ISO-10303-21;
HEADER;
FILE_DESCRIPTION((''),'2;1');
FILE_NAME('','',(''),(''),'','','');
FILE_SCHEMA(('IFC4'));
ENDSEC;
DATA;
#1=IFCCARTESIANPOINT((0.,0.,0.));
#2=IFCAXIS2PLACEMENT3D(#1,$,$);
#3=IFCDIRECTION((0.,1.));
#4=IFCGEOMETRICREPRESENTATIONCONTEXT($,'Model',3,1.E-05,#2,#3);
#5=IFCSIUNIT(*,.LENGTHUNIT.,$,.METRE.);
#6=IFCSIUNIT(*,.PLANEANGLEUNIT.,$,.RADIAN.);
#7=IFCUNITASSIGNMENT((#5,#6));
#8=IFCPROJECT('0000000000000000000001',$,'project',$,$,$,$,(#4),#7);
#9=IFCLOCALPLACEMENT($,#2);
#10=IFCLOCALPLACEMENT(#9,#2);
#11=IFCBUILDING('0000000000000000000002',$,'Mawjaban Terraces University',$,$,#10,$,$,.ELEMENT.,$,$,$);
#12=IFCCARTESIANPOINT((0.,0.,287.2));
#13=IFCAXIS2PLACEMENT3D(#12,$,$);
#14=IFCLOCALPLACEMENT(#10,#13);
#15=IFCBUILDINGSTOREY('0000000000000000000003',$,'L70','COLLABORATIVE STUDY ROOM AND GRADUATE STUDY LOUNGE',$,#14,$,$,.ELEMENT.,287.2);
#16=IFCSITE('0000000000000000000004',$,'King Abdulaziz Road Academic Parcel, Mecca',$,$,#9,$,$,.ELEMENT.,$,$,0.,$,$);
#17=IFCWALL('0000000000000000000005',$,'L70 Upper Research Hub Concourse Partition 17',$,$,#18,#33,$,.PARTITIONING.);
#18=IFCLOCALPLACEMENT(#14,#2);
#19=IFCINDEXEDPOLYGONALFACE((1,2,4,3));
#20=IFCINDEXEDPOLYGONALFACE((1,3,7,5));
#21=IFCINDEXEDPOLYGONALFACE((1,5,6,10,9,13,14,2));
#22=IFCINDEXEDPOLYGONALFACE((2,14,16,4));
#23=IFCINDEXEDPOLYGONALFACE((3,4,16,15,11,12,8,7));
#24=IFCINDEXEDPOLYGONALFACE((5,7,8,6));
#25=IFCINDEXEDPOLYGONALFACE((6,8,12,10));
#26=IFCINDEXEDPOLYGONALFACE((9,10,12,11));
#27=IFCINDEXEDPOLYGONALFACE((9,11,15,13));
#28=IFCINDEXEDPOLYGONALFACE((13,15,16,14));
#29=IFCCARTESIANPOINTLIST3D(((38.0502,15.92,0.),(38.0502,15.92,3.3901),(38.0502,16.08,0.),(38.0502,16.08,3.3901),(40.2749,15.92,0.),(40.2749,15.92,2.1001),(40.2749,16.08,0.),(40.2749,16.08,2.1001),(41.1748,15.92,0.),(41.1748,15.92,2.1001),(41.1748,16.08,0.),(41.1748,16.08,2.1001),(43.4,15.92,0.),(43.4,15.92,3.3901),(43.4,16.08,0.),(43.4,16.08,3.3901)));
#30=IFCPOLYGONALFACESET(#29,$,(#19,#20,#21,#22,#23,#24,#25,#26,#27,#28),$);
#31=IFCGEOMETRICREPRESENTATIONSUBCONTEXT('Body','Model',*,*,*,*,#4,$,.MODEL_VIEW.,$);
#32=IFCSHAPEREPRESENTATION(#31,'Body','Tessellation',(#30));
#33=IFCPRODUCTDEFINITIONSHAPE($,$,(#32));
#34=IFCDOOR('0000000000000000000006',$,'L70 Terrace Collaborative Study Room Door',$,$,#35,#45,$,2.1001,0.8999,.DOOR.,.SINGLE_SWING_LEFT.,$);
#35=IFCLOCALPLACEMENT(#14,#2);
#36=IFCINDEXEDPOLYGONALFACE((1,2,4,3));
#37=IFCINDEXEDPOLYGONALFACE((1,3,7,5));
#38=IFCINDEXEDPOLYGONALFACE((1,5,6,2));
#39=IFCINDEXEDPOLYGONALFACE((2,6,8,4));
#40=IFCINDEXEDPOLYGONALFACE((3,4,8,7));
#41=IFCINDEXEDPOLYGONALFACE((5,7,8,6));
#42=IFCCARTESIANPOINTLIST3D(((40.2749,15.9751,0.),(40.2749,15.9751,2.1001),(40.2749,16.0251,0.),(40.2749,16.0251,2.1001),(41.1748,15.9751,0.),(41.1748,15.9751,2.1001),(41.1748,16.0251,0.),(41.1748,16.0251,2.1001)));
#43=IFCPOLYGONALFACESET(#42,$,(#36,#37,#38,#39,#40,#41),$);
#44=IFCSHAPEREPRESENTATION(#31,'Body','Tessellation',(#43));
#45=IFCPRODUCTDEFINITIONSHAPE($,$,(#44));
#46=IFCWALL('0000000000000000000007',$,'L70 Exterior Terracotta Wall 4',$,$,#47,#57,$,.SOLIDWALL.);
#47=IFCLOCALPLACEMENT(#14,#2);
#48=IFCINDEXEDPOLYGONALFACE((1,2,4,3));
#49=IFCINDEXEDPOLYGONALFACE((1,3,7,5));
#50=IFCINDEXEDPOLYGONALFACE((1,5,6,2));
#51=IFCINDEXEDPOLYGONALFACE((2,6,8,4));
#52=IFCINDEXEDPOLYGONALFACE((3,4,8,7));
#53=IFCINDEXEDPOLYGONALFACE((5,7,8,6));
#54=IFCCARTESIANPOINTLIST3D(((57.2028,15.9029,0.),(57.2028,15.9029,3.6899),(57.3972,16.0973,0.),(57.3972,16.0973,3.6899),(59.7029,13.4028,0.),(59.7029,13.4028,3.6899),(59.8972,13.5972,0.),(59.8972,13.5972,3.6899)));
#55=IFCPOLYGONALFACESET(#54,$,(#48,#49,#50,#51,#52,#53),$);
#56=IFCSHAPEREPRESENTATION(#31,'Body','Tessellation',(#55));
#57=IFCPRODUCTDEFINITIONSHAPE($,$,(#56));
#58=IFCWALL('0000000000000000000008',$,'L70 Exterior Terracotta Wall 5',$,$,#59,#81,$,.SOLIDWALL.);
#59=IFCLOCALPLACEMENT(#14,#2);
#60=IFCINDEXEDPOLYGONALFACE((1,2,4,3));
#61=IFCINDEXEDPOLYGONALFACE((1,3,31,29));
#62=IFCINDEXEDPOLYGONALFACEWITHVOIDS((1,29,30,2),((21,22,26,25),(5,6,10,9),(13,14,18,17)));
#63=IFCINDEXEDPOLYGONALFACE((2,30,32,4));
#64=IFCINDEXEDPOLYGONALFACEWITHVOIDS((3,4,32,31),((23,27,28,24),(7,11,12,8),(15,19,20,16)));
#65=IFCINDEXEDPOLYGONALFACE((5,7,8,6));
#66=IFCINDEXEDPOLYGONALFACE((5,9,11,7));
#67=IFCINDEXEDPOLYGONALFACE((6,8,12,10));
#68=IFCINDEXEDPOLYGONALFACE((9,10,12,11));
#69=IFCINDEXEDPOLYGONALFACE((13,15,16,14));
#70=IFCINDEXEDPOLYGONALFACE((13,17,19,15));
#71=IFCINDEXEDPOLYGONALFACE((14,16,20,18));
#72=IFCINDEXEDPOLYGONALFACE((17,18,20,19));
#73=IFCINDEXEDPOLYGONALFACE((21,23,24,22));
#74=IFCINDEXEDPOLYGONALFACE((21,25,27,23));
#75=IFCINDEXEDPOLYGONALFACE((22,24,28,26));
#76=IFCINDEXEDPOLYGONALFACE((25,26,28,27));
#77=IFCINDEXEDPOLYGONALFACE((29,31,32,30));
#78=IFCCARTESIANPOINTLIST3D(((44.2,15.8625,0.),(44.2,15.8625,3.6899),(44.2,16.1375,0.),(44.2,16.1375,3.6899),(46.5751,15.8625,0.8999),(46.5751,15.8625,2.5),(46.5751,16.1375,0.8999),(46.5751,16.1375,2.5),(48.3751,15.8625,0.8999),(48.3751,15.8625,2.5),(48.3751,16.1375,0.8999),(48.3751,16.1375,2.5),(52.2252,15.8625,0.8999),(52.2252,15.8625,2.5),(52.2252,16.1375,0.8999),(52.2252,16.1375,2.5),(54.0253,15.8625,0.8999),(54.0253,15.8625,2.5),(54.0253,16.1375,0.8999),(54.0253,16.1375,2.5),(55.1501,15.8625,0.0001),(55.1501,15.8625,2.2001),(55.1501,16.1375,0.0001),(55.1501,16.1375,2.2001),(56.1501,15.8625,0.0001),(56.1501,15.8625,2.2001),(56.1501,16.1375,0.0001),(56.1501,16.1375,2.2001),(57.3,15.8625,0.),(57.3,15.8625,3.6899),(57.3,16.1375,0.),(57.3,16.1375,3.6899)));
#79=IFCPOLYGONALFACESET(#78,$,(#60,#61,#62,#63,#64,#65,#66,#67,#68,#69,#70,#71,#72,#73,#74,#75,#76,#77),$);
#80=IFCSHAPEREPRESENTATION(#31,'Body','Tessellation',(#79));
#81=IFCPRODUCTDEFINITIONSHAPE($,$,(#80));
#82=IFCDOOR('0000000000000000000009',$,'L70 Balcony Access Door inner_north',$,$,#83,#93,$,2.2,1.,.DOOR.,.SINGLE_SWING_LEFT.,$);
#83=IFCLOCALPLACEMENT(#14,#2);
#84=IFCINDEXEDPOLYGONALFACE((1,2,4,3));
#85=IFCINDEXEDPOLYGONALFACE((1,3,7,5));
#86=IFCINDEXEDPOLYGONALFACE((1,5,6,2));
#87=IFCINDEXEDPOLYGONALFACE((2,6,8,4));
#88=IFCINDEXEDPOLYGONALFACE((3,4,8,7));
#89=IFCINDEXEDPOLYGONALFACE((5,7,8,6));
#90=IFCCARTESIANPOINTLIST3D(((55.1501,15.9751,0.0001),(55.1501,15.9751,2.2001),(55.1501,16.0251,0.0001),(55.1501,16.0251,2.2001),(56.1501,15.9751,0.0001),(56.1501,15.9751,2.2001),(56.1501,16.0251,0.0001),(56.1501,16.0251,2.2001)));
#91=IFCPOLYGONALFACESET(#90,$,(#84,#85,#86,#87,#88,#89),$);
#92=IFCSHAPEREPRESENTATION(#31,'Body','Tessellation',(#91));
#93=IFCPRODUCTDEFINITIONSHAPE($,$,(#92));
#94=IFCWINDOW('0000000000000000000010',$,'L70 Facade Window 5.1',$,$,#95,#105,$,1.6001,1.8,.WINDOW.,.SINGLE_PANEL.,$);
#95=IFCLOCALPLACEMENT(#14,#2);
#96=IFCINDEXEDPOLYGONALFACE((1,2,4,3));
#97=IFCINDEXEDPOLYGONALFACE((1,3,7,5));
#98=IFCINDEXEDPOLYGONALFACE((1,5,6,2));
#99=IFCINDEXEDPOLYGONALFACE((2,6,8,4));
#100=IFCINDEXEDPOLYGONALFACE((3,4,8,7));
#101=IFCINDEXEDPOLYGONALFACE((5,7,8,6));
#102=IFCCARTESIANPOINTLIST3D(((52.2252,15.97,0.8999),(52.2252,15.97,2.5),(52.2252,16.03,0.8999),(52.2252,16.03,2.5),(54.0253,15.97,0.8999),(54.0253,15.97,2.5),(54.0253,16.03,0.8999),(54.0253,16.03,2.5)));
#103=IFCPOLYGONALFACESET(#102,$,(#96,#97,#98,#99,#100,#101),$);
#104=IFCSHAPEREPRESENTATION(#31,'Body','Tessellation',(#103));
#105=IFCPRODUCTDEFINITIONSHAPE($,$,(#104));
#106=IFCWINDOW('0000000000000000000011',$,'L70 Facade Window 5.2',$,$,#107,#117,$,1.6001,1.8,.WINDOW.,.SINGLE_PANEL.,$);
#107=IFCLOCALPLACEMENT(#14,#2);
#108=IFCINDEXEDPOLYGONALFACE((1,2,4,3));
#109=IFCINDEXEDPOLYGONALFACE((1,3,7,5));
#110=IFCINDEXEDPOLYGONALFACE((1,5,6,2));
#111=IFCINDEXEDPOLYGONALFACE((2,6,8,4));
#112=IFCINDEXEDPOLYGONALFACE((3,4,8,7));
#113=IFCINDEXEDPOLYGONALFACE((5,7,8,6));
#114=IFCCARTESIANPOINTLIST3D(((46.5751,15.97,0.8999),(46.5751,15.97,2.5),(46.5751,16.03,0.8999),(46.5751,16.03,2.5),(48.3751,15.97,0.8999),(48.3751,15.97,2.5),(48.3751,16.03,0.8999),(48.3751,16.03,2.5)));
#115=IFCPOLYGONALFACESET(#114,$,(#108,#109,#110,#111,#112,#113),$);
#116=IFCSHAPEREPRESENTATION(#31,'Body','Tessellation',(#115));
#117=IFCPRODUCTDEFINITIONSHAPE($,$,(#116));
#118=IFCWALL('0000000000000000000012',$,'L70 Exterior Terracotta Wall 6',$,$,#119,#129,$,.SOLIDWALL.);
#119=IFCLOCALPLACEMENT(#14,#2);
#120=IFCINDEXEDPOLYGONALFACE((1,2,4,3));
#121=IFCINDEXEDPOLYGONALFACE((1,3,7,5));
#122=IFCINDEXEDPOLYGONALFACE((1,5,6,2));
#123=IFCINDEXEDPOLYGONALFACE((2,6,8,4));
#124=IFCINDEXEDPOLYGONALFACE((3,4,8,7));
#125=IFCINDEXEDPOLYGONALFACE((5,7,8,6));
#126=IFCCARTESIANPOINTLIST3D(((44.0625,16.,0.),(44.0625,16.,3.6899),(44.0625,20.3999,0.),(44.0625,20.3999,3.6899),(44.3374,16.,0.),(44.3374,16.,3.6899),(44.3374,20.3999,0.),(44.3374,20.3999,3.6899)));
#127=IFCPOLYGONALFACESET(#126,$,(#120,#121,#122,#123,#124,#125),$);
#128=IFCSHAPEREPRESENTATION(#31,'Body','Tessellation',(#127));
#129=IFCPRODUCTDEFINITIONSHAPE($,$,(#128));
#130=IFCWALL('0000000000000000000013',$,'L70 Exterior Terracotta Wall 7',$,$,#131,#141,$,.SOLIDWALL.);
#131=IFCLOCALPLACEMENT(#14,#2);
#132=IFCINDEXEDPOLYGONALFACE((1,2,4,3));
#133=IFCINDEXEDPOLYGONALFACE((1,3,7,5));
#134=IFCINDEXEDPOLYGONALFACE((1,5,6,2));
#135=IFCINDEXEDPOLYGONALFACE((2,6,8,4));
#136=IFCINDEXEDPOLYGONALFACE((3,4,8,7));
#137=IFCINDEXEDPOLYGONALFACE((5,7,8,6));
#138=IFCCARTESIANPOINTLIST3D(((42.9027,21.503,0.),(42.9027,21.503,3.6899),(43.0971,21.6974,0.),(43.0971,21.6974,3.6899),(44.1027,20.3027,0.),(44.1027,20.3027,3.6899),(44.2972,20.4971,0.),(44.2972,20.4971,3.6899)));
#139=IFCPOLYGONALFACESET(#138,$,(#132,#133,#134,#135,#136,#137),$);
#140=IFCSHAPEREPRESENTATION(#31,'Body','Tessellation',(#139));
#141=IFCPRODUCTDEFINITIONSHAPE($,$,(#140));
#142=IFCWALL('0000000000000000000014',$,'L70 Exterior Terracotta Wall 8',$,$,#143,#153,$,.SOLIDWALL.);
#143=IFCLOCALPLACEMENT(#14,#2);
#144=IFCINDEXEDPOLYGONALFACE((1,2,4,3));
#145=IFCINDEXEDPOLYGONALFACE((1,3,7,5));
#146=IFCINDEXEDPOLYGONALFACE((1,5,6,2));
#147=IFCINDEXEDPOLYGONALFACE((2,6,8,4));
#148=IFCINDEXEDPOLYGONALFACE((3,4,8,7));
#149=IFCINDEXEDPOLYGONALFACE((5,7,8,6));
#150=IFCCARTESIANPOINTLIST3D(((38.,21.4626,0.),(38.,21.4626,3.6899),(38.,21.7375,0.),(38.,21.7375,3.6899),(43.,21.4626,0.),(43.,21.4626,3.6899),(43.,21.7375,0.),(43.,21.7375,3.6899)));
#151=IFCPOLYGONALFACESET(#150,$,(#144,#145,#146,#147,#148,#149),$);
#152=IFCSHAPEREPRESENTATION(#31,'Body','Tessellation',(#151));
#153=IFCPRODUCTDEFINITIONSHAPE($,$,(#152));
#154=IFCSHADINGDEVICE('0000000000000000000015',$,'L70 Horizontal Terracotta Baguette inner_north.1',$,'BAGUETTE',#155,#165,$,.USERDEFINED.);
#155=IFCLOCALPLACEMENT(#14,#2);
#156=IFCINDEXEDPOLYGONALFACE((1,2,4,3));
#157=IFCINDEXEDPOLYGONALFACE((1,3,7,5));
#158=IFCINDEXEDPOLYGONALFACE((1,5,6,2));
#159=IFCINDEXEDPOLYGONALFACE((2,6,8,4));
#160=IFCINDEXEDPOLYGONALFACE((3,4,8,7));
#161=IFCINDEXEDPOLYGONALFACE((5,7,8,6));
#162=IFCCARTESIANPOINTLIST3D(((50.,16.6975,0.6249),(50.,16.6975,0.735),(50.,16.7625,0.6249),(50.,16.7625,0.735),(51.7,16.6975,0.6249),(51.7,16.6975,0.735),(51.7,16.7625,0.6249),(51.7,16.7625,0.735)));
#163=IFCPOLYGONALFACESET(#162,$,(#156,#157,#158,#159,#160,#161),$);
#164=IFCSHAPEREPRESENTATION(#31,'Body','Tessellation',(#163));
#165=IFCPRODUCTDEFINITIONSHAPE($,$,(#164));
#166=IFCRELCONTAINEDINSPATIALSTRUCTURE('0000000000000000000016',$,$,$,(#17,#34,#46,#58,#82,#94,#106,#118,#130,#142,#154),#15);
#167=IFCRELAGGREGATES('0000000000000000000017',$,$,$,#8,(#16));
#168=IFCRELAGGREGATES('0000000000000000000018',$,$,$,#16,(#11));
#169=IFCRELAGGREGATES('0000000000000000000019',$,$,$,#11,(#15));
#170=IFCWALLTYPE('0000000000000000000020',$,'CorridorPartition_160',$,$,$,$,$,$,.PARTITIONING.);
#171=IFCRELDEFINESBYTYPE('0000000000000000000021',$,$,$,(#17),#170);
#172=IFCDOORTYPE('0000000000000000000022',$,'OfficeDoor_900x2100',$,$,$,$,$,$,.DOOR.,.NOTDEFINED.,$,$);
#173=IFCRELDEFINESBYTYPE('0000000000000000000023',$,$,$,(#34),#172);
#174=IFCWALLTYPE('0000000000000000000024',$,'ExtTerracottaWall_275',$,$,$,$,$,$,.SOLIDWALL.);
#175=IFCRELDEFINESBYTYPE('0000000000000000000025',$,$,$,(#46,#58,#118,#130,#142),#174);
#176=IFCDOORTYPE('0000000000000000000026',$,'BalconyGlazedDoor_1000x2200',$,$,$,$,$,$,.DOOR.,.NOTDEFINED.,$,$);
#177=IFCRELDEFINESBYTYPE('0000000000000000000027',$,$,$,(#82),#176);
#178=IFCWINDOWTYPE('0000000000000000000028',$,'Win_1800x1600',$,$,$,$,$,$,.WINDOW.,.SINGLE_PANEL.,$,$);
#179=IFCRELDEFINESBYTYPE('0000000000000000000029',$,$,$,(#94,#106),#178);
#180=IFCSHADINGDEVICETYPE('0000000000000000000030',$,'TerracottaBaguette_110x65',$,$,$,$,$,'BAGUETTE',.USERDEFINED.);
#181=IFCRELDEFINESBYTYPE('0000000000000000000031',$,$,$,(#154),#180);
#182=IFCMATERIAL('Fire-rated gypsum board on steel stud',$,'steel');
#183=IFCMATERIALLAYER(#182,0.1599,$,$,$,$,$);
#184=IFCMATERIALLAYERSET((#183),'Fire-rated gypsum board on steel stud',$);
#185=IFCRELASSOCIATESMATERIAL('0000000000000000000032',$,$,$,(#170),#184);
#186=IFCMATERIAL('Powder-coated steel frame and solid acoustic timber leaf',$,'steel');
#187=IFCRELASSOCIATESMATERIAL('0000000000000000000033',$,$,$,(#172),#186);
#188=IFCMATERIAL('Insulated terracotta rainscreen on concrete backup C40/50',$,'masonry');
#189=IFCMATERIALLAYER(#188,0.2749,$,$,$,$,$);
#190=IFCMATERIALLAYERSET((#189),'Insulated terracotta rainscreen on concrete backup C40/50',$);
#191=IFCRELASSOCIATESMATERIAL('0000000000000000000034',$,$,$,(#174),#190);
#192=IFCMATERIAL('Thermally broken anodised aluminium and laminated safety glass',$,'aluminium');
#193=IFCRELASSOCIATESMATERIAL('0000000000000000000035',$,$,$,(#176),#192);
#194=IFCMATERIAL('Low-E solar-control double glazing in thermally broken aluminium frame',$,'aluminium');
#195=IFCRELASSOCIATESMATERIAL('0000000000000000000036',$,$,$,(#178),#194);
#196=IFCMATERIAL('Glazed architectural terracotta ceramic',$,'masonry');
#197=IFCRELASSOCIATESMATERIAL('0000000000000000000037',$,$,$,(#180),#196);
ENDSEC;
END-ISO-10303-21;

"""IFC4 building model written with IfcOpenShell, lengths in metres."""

from ifc_helpers import new_model, si_unit, direction, frame, frame_2d, origin, origin_2d, place, context, subcontext, project, spatial, rectangle, extrude, material, layer, layer_set, material_profile, profile_set, type_object, element, fill, save


model = new_model("IFC4")

# Units and contexts
model_context = context("Model", 3, precision=1e-05, world=origin(), true_north=direction((0.0, 1.0)))
body_context = subcontext(model_context, "Body", "Model", "MODEL_VIEW")
ifc_project = project(units=[si_unit("LENGTHUNIT", "METRE"), si_unit("PLANEANGLEUNIT", "RADIAN")], contexts=[model_context])

# Site, building, storey
site_placement = place(None, origin())
site = spatial("IfcSite", under=ifc_project, at=site_placement, Name="King Abdulaziz Road Academic Parcel, Mecca", CompositionType="ELEMENT", RefElevation=0.0)
building_placement = place(site_placement, origin())
building = spatial("IfcBuilding", under=site, at=building_placement, Name="Mawjaban Terraces University", CompositionType="ELEMENT")
storey_placement = place(building_placement, frame((0.0, 0.0, 287.2)))
storey = spatial("IfcBuildingStorey", under=building, at=storey_placement, Name="L70", Description="COLLABORATIVE STUDY ROOM AND GRADUATE STUDY LOUNGE", CompositionType="ELEMENT", Elevation=287.2)

# Wall, opening, door
ifc_material_1 = material(Name="Fire-rated gypsum board on steel stud", Category="steel")
ifc_layer_1 = layer(ifc_material_1, 0.1599)
ifc_layer_set_1 = layer_set([ifc_layer_1], Name="Fire-rated gypsum board on steel stud")
wall_type_1 = type_object("IfcWallType", Name="CorridorPartition_160", PredefinedType="PARTITIONING", material=ifc_layer_set_1)
wall_1_placement = place(storey_placement, frame((43.3999, 16.0, 0.0), z_axis=(0.0, 0.0, 1.0), x_axis=(-1.0, 0.0, 0.0)))
wall_1 = element("IfcWall", 1, at=wall_1_placement, inside=storey, type_object=wall_type_1, Name="L70 Upper Research Hub Concourse Partition 17", PredefinedType="PARTITIONING", context=body_context, shape_type="SweptSolid", body=[
    extrude(rectangle(XDim=5.3499, YDim=0.1599, at=frame_2d((2.6748, 0.0))), origin(), (0.0, 0.0, 1.0), 3.3901),
])
opening_1_placement = place(wall_1_placement, frame((2.2251, 0.0, 0.0)))
opening_1 = element("IfcOpeningElement", 2, at=opening_1_placement, cuts=wall_1, PredefinedType="OPENING", context=body_context, shape_type="SweptSolid", body=[
    extrude(rectangle(XDim=0.8999, YDim=2.1001, at=frame_2d((0.45, 1.05))), frame((0.0, 0.0898, 0.0), z_axis=(0.0, -1.0, 0.0), x_axis=(1.0, 0.0, 0.0)), (0.0, 0.0, 1.0), 0.1799),
])
ifc_material_2 = material(Name="Powder-coated steel frame and solid acoustic timber leaf", Category="steel")
door_type_1 = type_object("IfcDoorType", Name="OfficeDoor_900x2100", OperationType="NOTDEFINED", PredefinedType="DOOR", material=ifc_material_2)
door_1_placement = place(opening_1_placement, origin())
door_1 = element("IfcDoor", 3, at=door_1_placement, inside=storey, type_object=door_type_1, Name="L70 Terrace Collaborative Study Room Door", OperationType="SINGLE_SWING_LEFT", OverallHeight=2.1001, OverallWidth=0.8999, PredefinedType="DOOR", context=body_context, shape_type="SweptSolid", body=[
    extrude(rectangle(XDim=0.8999, YDim=2.1001, at=frame_2d((0.45, 1.05))), frame((0.0, 0.0249, 0.0), z_axis=(0.0, -1.0, 0.0), x_axis=(1.0, 0.0, 0.0)), (0.0, 0.0, 1.0), 0.05),
])
fill(opening_1, door_1)

# Wall
ifc_material_3 = material(Name="Insulated terracotta rainscreen on concrete backup C40/50", Category="masonry")
ifc_layer_2 = layer(ifc_material_3, 0.2749)
ifc_layer_set_2 = layer_set([ifc_layer_2], Name="Insulated terracotta rainscreen on concrete backup C40/50")
wall_type_2 = type_object("IfcWallType", Name="ExtTerracottaWall_275", PredefinedType="SOLIDWALL", material=ifc_layer_set_2)
wall_2_placement = place(storey_placement, frame((59.8, 13.5, 0.0), z_axis=(0.0, 0.0, 1.0), x_axis=(-0.707107, 0.707107, 0.0)))
element("IfcWall", 4, at=wall_2_placement, inside=storey, type_object=wall_type_2, Name="L70 Exterior Terracotta Wall 4", PredefinedType="SOLIDWALL", context=body_context, shape_type="SweptSolid", body=[
    extrude(rectangle(XDim=3.5356, YDim=0.2749, at=frame_2d((1.7678, 0.0))), origin(), (0.0, 0.0, 1.0), 3.6899),
])

# Wall, openings, door, windows
wall_3_placement = place(storey_placement, frame((57.3, 16.0, 0.0), z_axis=(0.0, 0.0, 1.0), x_axis=(-1.0, 0.0, 0.0)))
wall_3 = element("IfcWall", 5, at=wall_3_placement, inside=storey, type_object=wall_type_2, Name="L70 Exterior Terracotta Wall 5", PredefinedType="SOLIDWALL", context=body_context, shape_type="SweptSolid", body=[
    extrude(rectangle(XDim=13.1001, YDim=0.2749, at=frame_2d((6.55, 0.0))), origin(), (0.0, 0.0, 1.0), 3.6899),
])
opening_2_placement = place(wall_3_placement, frame((1.1499, 0.0, 0.0)))
opening_2 = element("IfcOpeningElement", 6, at=opening_2_placement, cuts=wall_3, PredefinedType="OPENING", context=body_context, shape_type="SweptSolid", body=[
    extrude(rectangle(XDim=1.0, YDim=2.2, at=frame_2d((0.5, 1.1001))), frame((0.0, 0.1475, 0.0), z_axis=(0.0, -1.0, 0.0), x_axis=(1.0, 0.0, 0.0)), (0.0, 0.0, 1.0), 0.2949),
])
opening_3_placement = place(wall_3_placement, frame((3.2749, 0.0, 0.8999)))
opening_3 = element("IfcOpeningElement", 7, at=opening_3_placement, cuts=wall_3, PredefinedType="OPENING", context=body_context, shape_type="SweptSolid", body=[
    extrude(rectangle(XDim=1.8, YDim=1.6001, at=frame_2d((0.8999, 0.8))), frame((0.0, 0.1475, 0.0), z_axis=(0.0, -1.0, 0.0), x_axis=(1.0, 0.0, 0.0)), (0.0, 0.0, 1.0), 0.2949),
])
opening_4_placement = place(wall_3_placement, frame((8.925, 0.0, 0.8999)))
opening_4 = element("IfcOpeningElement", 8, at=opening_4_placement, cuts=wall_3, PredefinedType="OPENING", context=body_context, shape_type="SweptSolid", body=[
    extrude(rectangle(XDim=1.8, YDim=1.6001, at=frame_2d((0.8999, 0.8))), frame((0.0, 0.1475, 0.0), z_axis=(0.0, -1.0, 0.0), x_axis=(1.0, 0.0, 0.0)), (0.0, 0.0, 1.0), 0.2949),
])
ifc_material_4 = material(Name="Thermally broken anodised aluminium and laminated safety glass", Category="aluminium")
door_type_2 = type_object("IfcDoorType", Name="BalconyGlazedDoor_1000x2200", OperationType="NOTDEFINED", PredefinedType="DOOR", material=ifc_material_4)
door_2_placement = place(opening_2_placement, origin())
door_2 = element("IfcDoor", 9, at=door_2_placement, inside=storey, type_object=door_type_2, Name="L70 Balcony Access Door inner_north", OperationType="SINGLE_SWING_LEFT", OverallHeight=2.2, OverallWidth=1.0, PredefinedType="DOOR", context=body_context, shape_type="SweptSolid", body=[
    extrude(rectangle(XDim=1.0, YDim=2.2, at=frame_2d((0.5, 1.1001))), frame((0.0, 0.0249, 0.0), z_axis=(0.0, -1.0, 0.0), x_axis=(1.0, 0.0, 0.0)), (0.0, 0.0, 1.0), 0.05),
])
fill(opening_2, door_2)
ifc_material_5 = material(Name="Low-E solar-control double glazing in thermally broken aluminium frame", Category="aluminium")
window_type = type_object("IfcWindowType", Name="Win_1800x1600", PartitioningType="SINGLE_PANEL", PredefinedType="WINDOW", material=ifc_material_5)
window_1_placement = place(opening_3_placement, origin())
window_1 = element("IfcWindow", 10, at=window_1_placement, inside=storey, type_object=window_type, Name="L70 Facade Window 5.1", OverallHeight=1.6001, OverallWidth=1.8, PartitioningType="SINGLE_PANEL", PredefinedType="WINDOW", context=body_context, shape_type="SweptSolid", body=[
    extrude(rectangle(XDim=1.8, YDim=1.6001, at=frame_2d((0.8999, 0.8))), frame((0.0, 0.03, 0.0), z_axis=(0.0, -1.0, 0.0), x_axis=(1.0, 0.0, 0.0)), (0.0, 0.0, 1.0), 0.0601),
])
fill(opening_3, window_1)
window_2_placement = place(opening_4_placement, origin())
window_2 = element("IfcWindow", 11, at=window_2_placement, inside=storey, type_object=window_type, Name="L70 Facade Window 5.2", OverallHeight=1.6001, OverallWidth=1.8, PartitioningType="SINGLE_PANEL", PredefinedType="WINDOW", context=body_context, shape_type="SweptSolid", body=[
    extrude(rectangle(XDim=1.8, YDim=1.6001, at=frame_2d((0.8999, 0.8))), frame((0.0, 0.03, 0.0), z_axis=(0.0, -1.0, 0.0), x_axis=(1.0, 0.0, 0.0)), (0.0, 0.0, 1.0), 0.0601),
])
fill(opening_4, window_2)

# Walls
wall_4_placement = place(storey_placement, frame((44.2, 16.0, 0.0), z_axis=(0.0, 0.0, 1.0), x_axis=(0.0, 1.0, 0.0)))
element("IfcWall", 12, at=wall_4_placement, inside=storey, type_object=wall_type_2, Name="L70 Exterior Terracotta Wall 6", PredefinedType="SOLIDWALL", context=body_context, shape_type="SweptSolid", body=[
    extrude(rectangle(XDim=4.3999, YDim=0.2749, at=frame_2d((2.2, 0.0))), origin(), (0.0, 0.0, 1.0), 3.6899),
])
wall_5_placement = place(storey_placement, frame((44.2, 20.3999, 0.0), z_axis=(0.0, 0.0, 1.0), x_axis=(-0.707035, 0.707179, 0.0)))
element("IfcWall", 13, at=wall_5_placement, inside=storey, type_object=wall_type_2, Name="L70 Exterior Terracotta Wall 7", PredefinedType="SOLIDWALL", context=body_context, shape_type="SweptSolid", body=[
    extrude(rectangle(XDim=1.6973, YDim=0.2749, at=frame_2d((0.8486, 0.0))), origin(), (0.0, 0.0, 1.0), 3.6899),
])
wall_6_placement = place(storey_placement, frame((43.0, 21.6001, 0.0), z_axis=(0.0, 0.0, 1.0), x_axis=(-1.0, 0.0, 0.0)))
element("IfcWall", 14, at=wall_6_placement, inside=storey, type_object=wall_type_2, Name="L70 Exterior Terracotta Wall 8", PredefinedType="SOLIDWALL", context=body_context, shape_type="SweptSolid", body=[
    extrude(rectangle(XDim=5.0, YDim=0.2749, at=frame_2d((2.5, 0.0))), origin(), (0.0, 0.0, 1.0), 3.6899),
])

# Shading device
ifc_material_6 = material(Name="Glazed architectural terracotta ceramic", Category="masonry")
ifc_material_profile_1 = material_profile(ifc_material_6, rectangle(XDim=0.0649, YDim=0.1101, at=origin_2d()), Name="TBAG110X65")
ifc_profile_set_1 = profile_set([ifc_material_profile_1], Name="Glazed architectural terracotta ceramic")
shading_device_type_1 = type_object("IfcShadingDeviceType", Name="TerracottaBaguette_110x65", ElementType="BAGUETTE", PredefinedType="USERDEFINED", material=ifc_profile_set_1)
for number, where, z_axis, x_axis, name in (
    (15, (50.0, 16.73, 0.6799), (1.0, 0.0, 0.0), (0.0, 1.0, 0.0), "L70 Horizontal Terracotta Baguette inner_north.1"),
):
    element("IfcShadingDevice", number, at=place(storey_placement, frame(where, z_axis=z_axis, x_axis=x_axis)), inside=storey, type_object=shading_device_type_1, Name=name, ObjectType="BAGUETTE", PredefinedType="USERDEFINED", context=body_context, shape_type="SweptSolid", body=[
        extrude(rectangle(XDim=0.0649, YDim=0.1101, at=origin_2d()), origin(), (0.0, 0.0, 1.0), 1.7),
    ])

save(model, "model.ifc")
